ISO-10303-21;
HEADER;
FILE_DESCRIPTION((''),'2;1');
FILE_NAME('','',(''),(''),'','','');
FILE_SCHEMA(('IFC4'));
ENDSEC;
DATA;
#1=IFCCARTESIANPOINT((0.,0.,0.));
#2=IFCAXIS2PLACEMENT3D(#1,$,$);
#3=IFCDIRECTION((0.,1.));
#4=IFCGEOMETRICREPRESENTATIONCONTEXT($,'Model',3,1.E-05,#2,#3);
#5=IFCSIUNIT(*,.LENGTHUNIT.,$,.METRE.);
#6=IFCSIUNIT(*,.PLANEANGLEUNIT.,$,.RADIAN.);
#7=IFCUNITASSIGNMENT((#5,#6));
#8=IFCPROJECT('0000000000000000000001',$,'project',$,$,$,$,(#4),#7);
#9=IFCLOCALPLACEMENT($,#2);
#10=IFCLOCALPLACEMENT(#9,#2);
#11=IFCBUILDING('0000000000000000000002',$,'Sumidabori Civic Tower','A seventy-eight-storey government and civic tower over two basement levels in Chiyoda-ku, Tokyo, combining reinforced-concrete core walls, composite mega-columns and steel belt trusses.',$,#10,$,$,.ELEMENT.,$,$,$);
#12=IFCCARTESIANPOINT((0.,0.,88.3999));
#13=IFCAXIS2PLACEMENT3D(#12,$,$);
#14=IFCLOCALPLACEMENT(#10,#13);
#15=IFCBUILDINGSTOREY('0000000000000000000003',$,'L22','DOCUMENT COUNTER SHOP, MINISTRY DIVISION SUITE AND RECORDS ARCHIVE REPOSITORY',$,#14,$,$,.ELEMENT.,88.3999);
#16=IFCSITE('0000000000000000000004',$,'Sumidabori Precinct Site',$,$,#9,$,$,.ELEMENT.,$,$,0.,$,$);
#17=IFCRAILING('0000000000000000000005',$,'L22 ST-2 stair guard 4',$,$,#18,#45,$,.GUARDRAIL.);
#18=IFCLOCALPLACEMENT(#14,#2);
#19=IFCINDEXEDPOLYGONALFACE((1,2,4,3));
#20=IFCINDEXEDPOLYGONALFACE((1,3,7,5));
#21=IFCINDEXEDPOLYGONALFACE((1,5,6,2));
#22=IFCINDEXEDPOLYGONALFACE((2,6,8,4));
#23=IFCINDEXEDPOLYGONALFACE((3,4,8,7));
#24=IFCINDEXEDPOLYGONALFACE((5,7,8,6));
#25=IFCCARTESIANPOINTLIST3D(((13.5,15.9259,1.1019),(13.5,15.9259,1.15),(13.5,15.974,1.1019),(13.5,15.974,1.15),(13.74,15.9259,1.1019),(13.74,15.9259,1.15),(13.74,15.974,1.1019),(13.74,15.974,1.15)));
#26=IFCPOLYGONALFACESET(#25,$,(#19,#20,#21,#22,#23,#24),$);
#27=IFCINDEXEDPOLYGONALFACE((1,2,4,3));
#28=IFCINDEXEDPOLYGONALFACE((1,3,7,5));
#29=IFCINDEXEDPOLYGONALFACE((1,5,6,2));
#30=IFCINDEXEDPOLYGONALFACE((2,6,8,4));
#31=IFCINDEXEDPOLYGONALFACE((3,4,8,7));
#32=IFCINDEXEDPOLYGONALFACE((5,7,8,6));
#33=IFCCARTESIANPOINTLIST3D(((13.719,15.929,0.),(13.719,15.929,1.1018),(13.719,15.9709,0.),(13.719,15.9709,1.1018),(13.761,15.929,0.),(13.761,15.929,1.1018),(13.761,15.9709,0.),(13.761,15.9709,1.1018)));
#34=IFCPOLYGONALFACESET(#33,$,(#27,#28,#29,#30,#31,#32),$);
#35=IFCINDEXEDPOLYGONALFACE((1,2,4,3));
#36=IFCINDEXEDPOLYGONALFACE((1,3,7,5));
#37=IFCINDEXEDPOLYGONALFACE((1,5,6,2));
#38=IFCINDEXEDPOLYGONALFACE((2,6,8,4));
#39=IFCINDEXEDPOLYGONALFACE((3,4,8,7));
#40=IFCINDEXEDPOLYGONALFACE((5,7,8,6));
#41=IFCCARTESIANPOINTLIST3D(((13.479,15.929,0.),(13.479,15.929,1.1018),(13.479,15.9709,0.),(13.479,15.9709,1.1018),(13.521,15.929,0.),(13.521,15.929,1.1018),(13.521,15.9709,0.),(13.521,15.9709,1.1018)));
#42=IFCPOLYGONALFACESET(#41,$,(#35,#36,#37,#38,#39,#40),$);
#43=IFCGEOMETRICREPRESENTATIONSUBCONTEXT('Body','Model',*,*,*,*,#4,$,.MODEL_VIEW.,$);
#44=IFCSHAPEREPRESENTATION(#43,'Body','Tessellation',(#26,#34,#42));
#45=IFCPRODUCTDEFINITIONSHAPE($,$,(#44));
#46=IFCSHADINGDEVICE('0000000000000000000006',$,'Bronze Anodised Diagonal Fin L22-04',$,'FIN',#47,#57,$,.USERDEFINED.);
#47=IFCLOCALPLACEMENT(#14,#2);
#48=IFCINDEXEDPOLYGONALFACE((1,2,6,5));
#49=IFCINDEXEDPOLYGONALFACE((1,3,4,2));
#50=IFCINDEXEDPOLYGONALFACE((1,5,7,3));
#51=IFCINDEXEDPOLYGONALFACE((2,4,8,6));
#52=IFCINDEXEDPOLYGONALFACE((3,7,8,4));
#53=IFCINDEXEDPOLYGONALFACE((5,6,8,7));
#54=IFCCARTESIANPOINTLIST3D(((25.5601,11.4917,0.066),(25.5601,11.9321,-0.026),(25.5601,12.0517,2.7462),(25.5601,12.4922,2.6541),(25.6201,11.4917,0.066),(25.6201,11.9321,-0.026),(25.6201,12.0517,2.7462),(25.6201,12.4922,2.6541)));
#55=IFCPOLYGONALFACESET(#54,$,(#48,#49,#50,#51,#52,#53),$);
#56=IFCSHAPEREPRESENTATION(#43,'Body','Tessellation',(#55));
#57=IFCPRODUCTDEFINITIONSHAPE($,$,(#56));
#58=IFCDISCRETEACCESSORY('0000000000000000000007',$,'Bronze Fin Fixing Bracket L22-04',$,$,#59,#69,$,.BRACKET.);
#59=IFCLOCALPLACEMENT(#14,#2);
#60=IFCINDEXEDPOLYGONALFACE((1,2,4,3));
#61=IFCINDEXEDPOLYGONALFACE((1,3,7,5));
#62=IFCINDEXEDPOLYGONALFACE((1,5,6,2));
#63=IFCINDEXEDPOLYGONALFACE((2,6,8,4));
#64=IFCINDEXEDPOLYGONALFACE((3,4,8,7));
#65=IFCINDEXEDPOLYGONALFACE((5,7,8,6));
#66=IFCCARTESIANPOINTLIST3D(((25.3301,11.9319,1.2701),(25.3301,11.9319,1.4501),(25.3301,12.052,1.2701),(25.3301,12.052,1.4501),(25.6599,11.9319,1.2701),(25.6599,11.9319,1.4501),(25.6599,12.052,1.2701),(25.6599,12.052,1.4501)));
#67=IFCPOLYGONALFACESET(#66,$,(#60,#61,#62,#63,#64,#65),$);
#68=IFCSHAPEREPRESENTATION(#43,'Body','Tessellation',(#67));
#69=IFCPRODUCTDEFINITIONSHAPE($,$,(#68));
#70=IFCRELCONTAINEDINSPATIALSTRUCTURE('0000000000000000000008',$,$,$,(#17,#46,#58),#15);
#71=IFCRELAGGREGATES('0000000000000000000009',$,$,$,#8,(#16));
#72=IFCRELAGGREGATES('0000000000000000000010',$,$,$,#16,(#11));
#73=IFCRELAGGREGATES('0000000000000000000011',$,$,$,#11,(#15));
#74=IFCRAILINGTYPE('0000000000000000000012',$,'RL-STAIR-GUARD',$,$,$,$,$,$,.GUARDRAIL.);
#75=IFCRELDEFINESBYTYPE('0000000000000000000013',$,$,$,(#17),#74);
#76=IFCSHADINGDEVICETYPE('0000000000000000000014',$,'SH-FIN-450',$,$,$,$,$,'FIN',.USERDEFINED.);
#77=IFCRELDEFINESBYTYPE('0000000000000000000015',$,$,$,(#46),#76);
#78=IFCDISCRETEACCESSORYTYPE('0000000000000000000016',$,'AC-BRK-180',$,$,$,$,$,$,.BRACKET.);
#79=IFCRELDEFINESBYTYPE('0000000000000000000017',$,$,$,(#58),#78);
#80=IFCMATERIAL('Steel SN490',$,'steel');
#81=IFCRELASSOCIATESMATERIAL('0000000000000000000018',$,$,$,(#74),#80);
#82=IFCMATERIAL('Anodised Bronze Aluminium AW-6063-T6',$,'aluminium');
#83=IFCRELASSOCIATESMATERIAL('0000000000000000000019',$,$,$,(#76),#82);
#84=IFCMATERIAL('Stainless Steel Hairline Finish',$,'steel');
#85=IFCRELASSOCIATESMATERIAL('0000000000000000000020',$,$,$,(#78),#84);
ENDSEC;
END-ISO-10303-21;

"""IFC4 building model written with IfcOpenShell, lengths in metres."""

from ifc_helpers import new_model, si_unit, direction, frame, origin, origin_2d, place, context, subcontext, project, spatial, rectangle, extrude, source, transform, mapped, material, material_profile, profile_set, type_object, element, save


model = new_model("IFC4")

# Units and contexts
model_context = context("Model", 3, precision=1e-05, world=origin(), true_north=direction((0.0, 1.0)))
body_context = subcontext(model_context, "Body", "Model", "MODEL_VIEW")
ifc_project = project(units=[si_unit("LENGTHUNIT", "METRE"), si_unit("PLANEANGLEUNIT", "RADIAN")], contexts=[model_context])

# Site, building, storey
site_placement = place(None, origin())
site = spatial("IfcSite", under=ifc_project, at=site_placement, Name="Sumidabori Precinct Site", CompositionType="ELEMENT", RefElevation=0.0)
building_placement = place(site_placement, origin())
building = spatial("IfcBuilding", under=site, at=building_placement, Name="Sumidabori Civic Tower", Description="A seventy-eight-storey government and civic tower over two basement levels in Chiyoda-ku, Tokyo, combining reinforced-concrete core walls, composite mega-columns and steel belt trusses.", CompositionType="ELEMENT")
storey_placement = place(building_placement, frame((0.0, 0.0, 88.3999)))
storey = spatial("IfcBuildingStorey", under=building, at=storey_placement, Name="L22", Description="DOCUMENT COUNTER SHOP, MINISTRY DIVISION SUITE AND RECORDS ARCHIVE REPOSITORY", CompositionType="ELEMENT", Elevation=88.3999)

# Shared definitions
ifc_material_1 = material(Name="Steel SN490", Category="steel")

# Shared definitions
ifc_material_2 = material(Name="Anodised Bronze Aluminium AW-6063-T6", Category="aluminium")

# Railing
ifc_material_3 = material(Name="Stainless Steel Hairline Finish", Category="steel")
railing_type_1 = type_object("IfcRailingType", Name="RL-STAIR-GUARD", PredefinedType="GUARDRAIL", material=ifc_material_1)
for number, where, name in (
    (1, (13.74, 15.95, 0.0), "L22 ST-2 stair guard 4"),
):
    element("IfcRailing", number, at=place(storey_placement, frame(where)), inside=storey, type_object=railing_type_1, Name=name, PredefinedType="GUARDRAIL", context=body_context, shape_type="SweptSolid", body=[
        extrude(rectangle(XDim=0.0481, YDim=0.0481, at=origin_2d()), frame((0.0, 0.0, 1.126), z_axis=(-1.0, 0.0, 0.0), x_axis=(0.0, -1.0, 0.0)), (0.0, 0.0, 1.0), 0.24),
        extrude(rectangle(XDim=0.042, YDim=0.042, at=origin_2d()), origin(), (0.0, 0.0, 1.0), 1.1018),
        extrude(rectangle(XDim=0.042, YDim=0.042, at=origin_2d()), frame((-0.24, 0.0, 0.0)), (0.0, 0.0, 1.0), 1.1018),
    ])

# Shading device
ifc_material_profile_1 = material_profile(ifc_material_2, rectangle(XDim=0.0601, YDim=0.45, at=origin_2d()), Name="BRONZE FIN 450x60")
ifc_profile_set_1 = profile_set([ifc_material_profile_1], Name="Anodised Bronze Aluminium AW-6063-T6")
shading_device_type = type_object("IfcShadingDeviceType", Name="SH-FIN-450", ElementType="FIN", PredefinedType="USERDEFINED", material=ifc_profile_set_1)
shared_shape_1 = source(origin(), body_context, "Body", "SweptSolid", [
    extrude(rectangle(XDim=0.0601, YDim=0.45, at=origin_2d()), origin(), (0.0, 0.0, 1.0), 2.738),
])
shading_device_placement = place(storey_placement, frame((25.5901, 11.7119, 0.02), z_axis=(0.0, 0.204545, 0.978857), x_axis=(-1.0, 0.0, 0.0)))
element("IfcShadingDevice", 2, at=shading_device_placement, inside=storey, type_object=shading_device_type, Name="Bronze Anodised Diagonal Fin L22-04", ObjectType="FIN", PredefinedType="USERDEFINED", context=body_context, shape_type="MappedRepresentation", body=[
    mapped(shared_shape_1, transform((0.0, 0.0, 0.0), x_axis=(1.0, 0.0, 0.0), y_axis=(0.0, 1.0, 0.0), z_axis=(0.0, 0.0, 1.0), scale=1.0)),
])

# Discrete accessory
ifc_material_profile_2 = material_profile(ifc_material_3, rectangle(XDim=0.1201, YDim=0.1799, at=origin_2d()), Name="STEEL BRACKET 180x120")
ifc_profile_set_2 = profile_set([ifc_material_profile_2], Name="Stainless Steel Hairline Finish")
discrete_accessory_type = type_object("IfcDiscreteAccessoryType", Name="AC-BRK-180", PredefinedType="BRACKET", material=ifc_profile_set_2)
shared_shape_2 = source(origin(), body_context, "Body", "SweptSolid", [
    extrude(rectangle(XDim=0.1201, YDim=0.1799, at=origin_2d()), origin(), (0.0, 0.0, 1.0), 0.3298),
])
discrete_accessory_placement = place(storey_placement, frame((25.3301, 11.9919, 1.3601), z_axis=(1.0, 0.0, 0.0), x_axis=(0.0, 1.0, 0.0)))
element("IfcDiscreteAccessory", 3, at=discrete_accessory_placement, inside=storey, type_object=discrete_accessory_type, Name="Bronze Fin Fixing Bracket L22-04", PredefinedType="BRACKET", context=body_context, shape_type="MappedRepresentation", body=[
    mapped(shared_shape_2, transform((0.0, 0.0, 0.0), x_axis=(1.0, 0.0, 0.0), y_axis=(0.0, 1.0, 0.0), z_axis=(0.0, 0.0, 1.0), scale=1.0)),
])

save(model, "model.ifc")
